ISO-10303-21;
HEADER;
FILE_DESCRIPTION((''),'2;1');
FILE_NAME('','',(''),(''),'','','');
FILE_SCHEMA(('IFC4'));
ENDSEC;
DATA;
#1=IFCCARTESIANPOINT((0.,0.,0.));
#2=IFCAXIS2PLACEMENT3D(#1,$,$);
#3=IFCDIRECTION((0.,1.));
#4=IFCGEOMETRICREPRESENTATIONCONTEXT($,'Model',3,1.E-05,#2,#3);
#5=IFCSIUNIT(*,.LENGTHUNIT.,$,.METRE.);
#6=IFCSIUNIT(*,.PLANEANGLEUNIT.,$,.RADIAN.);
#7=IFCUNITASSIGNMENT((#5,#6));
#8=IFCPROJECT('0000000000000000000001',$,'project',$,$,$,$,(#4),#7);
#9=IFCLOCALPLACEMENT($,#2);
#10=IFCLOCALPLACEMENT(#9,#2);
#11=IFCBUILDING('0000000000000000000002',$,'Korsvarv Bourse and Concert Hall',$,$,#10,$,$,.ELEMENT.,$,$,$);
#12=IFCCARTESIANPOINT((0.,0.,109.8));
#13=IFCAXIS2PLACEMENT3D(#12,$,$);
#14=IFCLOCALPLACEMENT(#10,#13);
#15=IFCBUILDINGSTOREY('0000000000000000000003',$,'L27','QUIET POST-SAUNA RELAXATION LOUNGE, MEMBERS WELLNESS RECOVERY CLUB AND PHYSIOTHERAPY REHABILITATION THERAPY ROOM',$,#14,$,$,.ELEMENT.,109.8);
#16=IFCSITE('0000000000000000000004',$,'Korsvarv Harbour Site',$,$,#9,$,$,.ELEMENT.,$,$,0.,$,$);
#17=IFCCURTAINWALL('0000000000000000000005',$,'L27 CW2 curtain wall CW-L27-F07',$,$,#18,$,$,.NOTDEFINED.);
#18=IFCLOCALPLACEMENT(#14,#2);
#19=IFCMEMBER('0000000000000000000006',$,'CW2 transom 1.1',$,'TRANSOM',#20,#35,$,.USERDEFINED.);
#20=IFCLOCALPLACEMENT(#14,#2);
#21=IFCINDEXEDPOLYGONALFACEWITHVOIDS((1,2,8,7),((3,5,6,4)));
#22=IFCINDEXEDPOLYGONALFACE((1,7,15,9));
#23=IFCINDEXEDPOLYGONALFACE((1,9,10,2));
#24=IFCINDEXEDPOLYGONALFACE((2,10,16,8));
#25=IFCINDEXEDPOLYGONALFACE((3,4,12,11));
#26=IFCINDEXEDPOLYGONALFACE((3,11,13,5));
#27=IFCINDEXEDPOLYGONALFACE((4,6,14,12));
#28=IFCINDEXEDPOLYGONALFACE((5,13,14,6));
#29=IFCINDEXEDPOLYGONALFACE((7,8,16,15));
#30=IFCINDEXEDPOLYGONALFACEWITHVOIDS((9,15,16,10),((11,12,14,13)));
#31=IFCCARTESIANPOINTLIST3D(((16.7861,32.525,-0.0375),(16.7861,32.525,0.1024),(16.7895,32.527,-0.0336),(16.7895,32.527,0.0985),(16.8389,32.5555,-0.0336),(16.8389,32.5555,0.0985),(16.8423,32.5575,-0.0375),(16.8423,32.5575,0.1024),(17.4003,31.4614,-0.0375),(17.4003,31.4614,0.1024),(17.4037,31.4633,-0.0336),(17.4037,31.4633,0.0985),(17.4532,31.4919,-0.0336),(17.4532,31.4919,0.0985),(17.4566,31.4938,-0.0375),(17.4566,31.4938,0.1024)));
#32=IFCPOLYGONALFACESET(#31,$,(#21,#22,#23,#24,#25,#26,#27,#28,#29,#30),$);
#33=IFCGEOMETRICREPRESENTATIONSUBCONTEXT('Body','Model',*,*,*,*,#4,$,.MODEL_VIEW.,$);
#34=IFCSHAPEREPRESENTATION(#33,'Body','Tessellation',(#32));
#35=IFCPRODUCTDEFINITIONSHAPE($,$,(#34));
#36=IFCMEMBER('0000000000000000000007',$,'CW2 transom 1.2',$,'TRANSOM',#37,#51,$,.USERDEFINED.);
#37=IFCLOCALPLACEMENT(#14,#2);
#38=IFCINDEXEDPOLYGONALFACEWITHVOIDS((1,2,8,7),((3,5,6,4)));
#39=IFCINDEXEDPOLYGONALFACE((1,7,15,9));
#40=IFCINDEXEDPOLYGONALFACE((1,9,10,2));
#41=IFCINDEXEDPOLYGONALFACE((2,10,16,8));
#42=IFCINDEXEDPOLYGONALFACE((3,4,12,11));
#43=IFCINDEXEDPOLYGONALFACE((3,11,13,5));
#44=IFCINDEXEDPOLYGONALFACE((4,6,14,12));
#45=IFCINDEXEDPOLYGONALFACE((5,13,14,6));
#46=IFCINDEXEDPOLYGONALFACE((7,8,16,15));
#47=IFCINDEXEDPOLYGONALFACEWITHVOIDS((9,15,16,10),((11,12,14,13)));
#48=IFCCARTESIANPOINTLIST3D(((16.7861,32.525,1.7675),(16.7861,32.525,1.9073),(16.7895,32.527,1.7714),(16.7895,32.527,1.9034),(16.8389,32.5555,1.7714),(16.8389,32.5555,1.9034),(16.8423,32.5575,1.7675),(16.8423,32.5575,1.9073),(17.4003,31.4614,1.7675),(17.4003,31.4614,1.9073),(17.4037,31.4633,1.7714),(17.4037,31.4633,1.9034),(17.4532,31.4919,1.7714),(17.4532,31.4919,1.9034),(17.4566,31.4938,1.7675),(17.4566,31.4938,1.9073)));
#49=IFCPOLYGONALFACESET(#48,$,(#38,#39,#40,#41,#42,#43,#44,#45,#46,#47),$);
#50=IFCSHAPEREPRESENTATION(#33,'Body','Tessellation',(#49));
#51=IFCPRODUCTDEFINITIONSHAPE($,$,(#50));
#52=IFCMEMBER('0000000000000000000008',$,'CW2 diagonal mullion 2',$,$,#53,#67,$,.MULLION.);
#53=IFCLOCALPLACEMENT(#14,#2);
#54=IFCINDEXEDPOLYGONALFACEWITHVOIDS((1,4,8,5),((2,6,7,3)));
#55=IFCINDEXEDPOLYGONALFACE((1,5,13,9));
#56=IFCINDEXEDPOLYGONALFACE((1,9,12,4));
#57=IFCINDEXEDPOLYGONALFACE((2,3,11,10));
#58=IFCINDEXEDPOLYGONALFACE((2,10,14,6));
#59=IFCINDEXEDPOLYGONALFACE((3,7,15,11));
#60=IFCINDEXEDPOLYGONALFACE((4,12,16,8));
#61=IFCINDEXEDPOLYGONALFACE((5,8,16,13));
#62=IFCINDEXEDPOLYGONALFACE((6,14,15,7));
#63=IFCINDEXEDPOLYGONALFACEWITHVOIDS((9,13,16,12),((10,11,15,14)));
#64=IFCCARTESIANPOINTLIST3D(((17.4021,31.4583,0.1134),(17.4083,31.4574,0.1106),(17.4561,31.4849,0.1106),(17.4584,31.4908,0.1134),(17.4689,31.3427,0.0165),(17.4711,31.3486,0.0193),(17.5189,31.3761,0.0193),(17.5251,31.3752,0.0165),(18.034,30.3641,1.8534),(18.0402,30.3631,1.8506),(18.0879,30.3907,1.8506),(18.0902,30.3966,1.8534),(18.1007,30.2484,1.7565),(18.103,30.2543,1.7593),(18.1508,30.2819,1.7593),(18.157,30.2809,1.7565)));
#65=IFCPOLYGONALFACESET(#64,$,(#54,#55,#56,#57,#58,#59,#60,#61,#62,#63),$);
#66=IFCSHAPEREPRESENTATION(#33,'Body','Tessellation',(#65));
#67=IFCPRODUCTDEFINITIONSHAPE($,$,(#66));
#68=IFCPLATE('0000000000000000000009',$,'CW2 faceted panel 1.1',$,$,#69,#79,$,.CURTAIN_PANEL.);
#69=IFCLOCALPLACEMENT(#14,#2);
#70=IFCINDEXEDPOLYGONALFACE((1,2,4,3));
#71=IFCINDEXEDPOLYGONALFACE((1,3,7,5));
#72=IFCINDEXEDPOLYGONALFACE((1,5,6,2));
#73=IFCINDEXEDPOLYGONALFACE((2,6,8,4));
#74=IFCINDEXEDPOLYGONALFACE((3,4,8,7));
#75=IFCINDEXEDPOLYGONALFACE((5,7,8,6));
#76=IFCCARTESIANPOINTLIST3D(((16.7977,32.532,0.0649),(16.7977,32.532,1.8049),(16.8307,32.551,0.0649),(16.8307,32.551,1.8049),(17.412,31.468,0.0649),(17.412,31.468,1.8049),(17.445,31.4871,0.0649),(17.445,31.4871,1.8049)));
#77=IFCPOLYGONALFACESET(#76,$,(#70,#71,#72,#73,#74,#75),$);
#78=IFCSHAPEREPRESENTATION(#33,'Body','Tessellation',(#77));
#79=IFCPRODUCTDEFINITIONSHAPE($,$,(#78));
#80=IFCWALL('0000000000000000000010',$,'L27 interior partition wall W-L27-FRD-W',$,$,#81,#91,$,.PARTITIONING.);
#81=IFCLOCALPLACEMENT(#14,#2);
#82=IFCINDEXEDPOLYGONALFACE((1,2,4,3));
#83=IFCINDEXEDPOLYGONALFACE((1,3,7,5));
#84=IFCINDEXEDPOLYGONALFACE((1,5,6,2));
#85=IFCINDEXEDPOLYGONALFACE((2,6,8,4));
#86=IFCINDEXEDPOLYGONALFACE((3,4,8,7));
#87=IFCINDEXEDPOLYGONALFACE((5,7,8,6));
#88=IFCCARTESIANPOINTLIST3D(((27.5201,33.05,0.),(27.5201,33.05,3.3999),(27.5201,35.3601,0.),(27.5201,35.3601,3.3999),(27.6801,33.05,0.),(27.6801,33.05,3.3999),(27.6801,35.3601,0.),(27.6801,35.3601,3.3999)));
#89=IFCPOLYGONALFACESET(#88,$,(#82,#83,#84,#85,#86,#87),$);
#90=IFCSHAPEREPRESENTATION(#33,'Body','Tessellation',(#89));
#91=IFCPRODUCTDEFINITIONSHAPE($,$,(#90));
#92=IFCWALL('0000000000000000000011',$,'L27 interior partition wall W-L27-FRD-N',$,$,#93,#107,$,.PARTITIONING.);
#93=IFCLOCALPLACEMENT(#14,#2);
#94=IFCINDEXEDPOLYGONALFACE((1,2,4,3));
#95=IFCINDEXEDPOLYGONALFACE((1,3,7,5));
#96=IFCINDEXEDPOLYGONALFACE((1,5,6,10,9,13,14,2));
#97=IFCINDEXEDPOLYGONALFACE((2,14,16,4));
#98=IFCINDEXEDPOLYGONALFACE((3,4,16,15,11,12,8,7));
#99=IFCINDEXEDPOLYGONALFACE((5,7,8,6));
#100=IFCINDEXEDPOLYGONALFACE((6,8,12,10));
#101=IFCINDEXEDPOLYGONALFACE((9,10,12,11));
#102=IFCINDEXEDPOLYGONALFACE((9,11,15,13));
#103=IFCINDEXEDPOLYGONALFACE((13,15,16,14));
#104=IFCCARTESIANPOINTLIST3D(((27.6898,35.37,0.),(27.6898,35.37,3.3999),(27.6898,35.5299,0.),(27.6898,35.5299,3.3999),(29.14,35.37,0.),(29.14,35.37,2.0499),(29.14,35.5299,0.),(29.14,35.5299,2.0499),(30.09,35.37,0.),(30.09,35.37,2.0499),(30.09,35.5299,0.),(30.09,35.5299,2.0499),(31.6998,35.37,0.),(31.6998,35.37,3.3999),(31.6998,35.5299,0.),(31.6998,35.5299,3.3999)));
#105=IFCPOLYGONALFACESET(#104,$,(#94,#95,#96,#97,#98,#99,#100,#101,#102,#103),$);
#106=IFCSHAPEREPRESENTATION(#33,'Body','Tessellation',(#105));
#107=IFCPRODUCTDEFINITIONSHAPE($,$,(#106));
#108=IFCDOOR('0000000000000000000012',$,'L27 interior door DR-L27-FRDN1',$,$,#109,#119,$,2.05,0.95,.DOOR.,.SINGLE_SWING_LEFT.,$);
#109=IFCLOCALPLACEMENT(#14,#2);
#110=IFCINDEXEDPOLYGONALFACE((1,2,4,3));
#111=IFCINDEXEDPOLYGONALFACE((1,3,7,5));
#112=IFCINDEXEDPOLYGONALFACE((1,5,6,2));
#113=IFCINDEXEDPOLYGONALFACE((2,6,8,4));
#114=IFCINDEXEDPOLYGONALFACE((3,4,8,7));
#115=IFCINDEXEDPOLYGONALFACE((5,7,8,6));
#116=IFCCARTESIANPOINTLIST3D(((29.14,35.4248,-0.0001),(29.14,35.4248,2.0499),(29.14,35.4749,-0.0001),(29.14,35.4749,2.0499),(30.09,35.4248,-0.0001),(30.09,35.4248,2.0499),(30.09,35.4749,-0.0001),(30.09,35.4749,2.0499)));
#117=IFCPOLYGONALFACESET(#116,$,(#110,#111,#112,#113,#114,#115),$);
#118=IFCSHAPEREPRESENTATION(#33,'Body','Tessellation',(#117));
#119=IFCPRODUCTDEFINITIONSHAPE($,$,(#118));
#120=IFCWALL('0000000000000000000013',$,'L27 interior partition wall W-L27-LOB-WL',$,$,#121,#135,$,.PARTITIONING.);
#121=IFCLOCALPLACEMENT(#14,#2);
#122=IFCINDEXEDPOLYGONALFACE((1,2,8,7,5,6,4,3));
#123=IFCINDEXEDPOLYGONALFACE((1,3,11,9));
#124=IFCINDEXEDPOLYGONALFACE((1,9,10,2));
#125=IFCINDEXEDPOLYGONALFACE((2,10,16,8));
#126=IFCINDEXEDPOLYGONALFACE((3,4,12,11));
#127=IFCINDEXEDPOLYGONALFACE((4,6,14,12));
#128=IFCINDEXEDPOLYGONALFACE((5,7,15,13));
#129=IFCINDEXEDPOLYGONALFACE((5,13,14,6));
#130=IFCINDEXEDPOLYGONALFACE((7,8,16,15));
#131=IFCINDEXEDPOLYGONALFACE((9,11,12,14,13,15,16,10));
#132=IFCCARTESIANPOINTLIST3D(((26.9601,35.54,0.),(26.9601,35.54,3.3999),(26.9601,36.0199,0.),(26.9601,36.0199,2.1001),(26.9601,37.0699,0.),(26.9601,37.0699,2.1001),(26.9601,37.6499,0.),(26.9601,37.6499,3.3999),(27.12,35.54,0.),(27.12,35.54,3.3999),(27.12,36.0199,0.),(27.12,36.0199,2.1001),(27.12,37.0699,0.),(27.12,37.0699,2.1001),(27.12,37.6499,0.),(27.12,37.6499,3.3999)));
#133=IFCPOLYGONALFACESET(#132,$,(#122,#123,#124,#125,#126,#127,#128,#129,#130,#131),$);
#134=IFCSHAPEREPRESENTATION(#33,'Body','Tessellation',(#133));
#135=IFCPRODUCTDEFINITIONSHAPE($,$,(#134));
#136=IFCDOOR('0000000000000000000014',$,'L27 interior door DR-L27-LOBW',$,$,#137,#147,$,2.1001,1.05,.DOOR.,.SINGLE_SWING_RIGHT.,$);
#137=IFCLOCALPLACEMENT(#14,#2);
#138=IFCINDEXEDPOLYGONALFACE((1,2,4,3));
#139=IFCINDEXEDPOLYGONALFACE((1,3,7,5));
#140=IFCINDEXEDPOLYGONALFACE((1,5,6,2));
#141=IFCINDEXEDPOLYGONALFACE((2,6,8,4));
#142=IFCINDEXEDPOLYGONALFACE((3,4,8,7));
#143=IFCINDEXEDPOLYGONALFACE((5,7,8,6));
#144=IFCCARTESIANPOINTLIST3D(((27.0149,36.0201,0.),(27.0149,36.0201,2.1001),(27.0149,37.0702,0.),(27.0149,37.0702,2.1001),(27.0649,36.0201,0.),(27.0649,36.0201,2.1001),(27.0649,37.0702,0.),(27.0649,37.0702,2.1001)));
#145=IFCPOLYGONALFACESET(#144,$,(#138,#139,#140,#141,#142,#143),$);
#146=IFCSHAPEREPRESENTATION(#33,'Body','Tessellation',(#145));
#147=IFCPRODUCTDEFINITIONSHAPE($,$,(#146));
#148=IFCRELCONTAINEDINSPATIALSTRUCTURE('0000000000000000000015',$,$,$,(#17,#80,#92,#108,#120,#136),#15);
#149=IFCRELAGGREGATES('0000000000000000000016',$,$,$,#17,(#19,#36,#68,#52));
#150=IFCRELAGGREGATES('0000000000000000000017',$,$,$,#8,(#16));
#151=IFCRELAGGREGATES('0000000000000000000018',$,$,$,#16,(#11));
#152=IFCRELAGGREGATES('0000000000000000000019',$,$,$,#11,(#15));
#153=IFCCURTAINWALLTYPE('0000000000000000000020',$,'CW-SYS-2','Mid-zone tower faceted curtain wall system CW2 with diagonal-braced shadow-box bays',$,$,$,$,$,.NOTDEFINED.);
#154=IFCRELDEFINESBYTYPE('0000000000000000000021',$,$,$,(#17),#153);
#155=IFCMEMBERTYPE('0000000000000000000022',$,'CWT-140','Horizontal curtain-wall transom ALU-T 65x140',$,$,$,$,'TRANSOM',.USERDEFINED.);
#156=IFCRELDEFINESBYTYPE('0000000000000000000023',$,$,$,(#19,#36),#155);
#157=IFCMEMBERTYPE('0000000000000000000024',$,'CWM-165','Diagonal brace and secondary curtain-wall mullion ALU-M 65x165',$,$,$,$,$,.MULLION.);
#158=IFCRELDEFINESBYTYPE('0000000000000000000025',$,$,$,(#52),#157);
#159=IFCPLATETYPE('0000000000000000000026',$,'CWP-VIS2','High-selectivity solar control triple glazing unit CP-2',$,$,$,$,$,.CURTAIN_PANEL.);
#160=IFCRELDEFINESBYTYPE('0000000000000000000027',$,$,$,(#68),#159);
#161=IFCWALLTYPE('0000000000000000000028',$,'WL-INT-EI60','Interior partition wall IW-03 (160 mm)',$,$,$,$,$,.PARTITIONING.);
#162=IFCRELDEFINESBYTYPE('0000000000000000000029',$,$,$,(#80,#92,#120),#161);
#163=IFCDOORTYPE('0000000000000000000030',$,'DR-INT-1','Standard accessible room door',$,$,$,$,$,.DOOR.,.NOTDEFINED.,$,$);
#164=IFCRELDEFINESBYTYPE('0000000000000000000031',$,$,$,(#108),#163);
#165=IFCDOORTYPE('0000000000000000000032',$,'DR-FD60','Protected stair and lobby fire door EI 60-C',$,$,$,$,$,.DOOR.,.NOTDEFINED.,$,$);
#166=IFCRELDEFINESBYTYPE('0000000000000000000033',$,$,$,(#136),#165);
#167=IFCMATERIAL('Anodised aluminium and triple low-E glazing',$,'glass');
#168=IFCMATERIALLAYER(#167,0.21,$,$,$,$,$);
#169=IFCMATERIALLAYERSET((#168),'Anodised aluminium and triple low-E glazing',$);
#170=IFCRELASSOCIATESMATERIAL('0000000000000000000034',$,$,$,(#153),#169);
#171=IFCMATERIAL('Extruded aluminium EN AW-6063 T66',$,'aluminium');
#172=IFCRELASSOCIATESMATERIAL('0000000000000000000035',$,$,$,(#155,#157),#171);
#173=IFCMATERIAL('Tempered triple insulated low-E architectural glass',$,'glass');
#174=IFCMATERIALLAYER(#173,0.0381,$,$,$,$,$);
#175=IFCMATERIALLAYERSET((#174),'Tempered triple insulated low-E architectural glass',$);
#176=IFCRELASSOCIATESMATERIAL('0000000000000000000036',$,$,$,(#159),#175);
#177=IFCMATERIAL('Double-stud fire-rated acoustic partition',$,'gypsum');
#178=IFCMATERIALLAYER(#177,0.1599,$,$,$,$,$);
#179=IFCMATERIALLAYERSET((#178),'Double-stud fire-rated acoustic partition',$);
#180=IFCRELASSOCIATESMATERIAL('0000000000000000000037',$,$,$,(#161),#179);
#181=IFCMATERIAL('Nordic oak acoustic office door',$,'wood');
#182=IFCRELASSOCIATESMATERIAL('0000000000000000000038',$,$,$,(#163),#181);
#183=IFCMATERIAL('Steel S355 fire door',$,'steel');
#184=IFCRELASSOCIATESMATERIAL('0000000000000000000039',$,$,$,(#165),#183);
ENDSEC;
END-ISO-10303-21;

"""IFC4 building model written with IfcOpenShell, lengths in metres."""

from ifc_helpers import new_model, si_unit, direction, frame, frame_2d, origin, origin_2d, place, context, subcontext, project, spatial, rectangle, hollow_rectangle, extrude, source, transform, mapped, material, layer, layer_set, material_profile, profile_set, type_object, element, fill, aggregate, save


model = new_model("IFC4")

# Units and contexts
model_context = context("Model", 3, precision=1e-05, world=origin(), true_north=direction((0.0, 1.0)))
body_context = subcontext(model_context, "Body", "Model", "MODEL_VIEW")
ifc_project = project(units=[si_unit("LENGTHUNIT", "METRE"), si_unit("PLANEANGLEUNIT", "RADIAN")], contexts=[model_context])

# Site, building, storey
site_placement = place(None, origin())
site = spatial("IfcSite", under=ifc_project, at=site_placement, Name="Korsvarv Harbour Site", CompositionType="ELEMENT", RefElevation=0.0)
building_placement = place(site_placement, origin())
building = spatial("IfcBuilding", under=site, at=building_placement, Name="Korsvarv Bourse and Concert Hall", CompositionType="ELEMENT")
storey_placement = place(building_placement, frame((0.0, 0.0, 109.8)))
storey = spatial("IfcBuildingStorey", under=building, at=storey_placement, Name="L27", Description="QUIET POST-SAUNA RELAXATION LOUNGE, MEMBERS WELLNESS RECOVERY CLUB AND PHYSIOTHERAPY REHABILITATION THERAPY ROOM", CompositionType="ELEMENT", Elevation=109.8)

# Curtain wall, members, plate
ifc_material_1 = material(Name="Anodised aluminium and triple low-E glazing", Category="glass")
ifc_layer_1 = layer(ifc_material_1, 0.21)
ifc_layer_set_1 = layer_set([ifc_layer_1], Name="Anodised aluminium and triple low-E glazing")
curtain_wall_type = type_object("IfcCurtainWallType", Name="CW-SYS-2", Description="Mid-zone tower faceted curtain wall system CW2 with diagonal-braced shadow-box bays", PredefinedType="NOTDEFINED", material=ifc_layer_set_1)
curtain_wall_placement = place(storey_placement, origin())
curtain_wall = element("IfcCurtainWall", 1, at=curtain_wall_placement, inside=storey, type_object=curtain_wall_type, Name="L27 CW2 curtain wall CW-L27-F07", PredefinedType="NOTDEFINED")
ifc_material_2 = material(Name="Extruded aluminium EN AW-6063 T66", Category="aluminium")
ifc_material_profile_1 = material_profile(ifc_material_2, hollow_rectangle(XDim=0.0649, YDim=0.1399, WallThickness=0.0039, at=origin_2d()), Name="ALU-T 65x140")
ifc_profile_set_1 = profile_set([ifc_material_profile_1], Name="Extruded aluminium EN AW-6063 T66")
member_type_1 = type_object("IfcMemberType", Name="CWT-140", Description="Horizontal curtain-wall transom ALU-T 65x140", ElementType="TRANSOM", PredefinedType="USERDEFINED", material=ifc_profile_set_1)
shared_shape_1 = source(origin(), body_context, "Body", "SweptSolid", [
    extrude(hollow_rectangle(XDim=0.0649, YDim=0.1399, WallThickness=0.0039, at=origin_2d()), origin(), (0.0, 0.0, 1.0), 1.2283),
])
member_1_placement = place(storey_placement, frame((16.8142, 32.5413, 0.0325), z_axis=(0.500072, -0.865984, 0.0), x_axis=(0.865984, 0.500072, 0.0)))
member_1 = element("IfcMember", 2, at=member_1_placement, type_object=member_type_1, Name="CW2 transom 1.1", ObjectType="TRANSOM", PredefinedType="USERDEFINED", context=body_context, shape_type="MappedRepresentation", body=[
    mapped(shared_shape_1, transform((0.0, 0.0, 0.0), scale=1.0)),
])
member_2_placement = place(storey_placement, frame((16.8142, 32.5413, 1.8374), z_axis=(0.500072, -0.865984, 0.0), x_axis=(0.865984, 0.500072, 0.0)))
member_2 = element("IfcMember", 3, at=member_2_placement, type_object=member_type_1, Name="CW2 transom 1.2", ObjectType="TRANSOM", PredefinedType="USERDEFINED", context=body_context, shape_type="MappedRepresentation", body=[
    mapped(shared_shape_1, transform((0.0, 0.0, 0.0), scale=1.0)),
])
ifc_material_profile_2 = material_profile(ifc_material_2, hollow_rectangle(XDim=0.0649, YDim=0.165, WallThickness=0.0049, at=origin_2d()), Name="ALU-M 65x165")
ifc_profile_set_2 = profile_set([ifc_material_profile_2], Name="Extruded aluminium EN AW-6063 T66")
member_type_2 = type_object("IfcMemberType", Name="CWM-165", Description="Diagonal brace and secondary curtain-wall mullion ALU-M 65x165", PredefinedType="MULLION", material=ifc_profile_set_2)
shared_shape_2 = source(origin(), body_context, "Body", "SweptSolid", [
    extrude(hollow_rectangle(XDim=0.0649, YDim=0.165, WallThickness=0.0049, at=origin_2d()), origin(), (0.0, 0.0, 1.0), 2.1504),
])
member_3_placement = place(storey_placement, frame((17.4636, 31.4167, 0.0649), z_axis=(0.293825, -0.508858, 0.809154), x_axis=(0.865999, 0.500046, 0.0)))
member_3 = element("IfcMember", 4, at=member_3_placement, type_object=member_type_2, Name="CW2 diagonal mullion 2", PredefinedType="MULLION", context=body_context, shape_type="MappedRepresentation", body=[
    mapped(shared_shape_2, transform((0.0, 0.0, 0.0), scale=1.0)),
])
ifc_material_3 = material(Name="Tempered triple insulated low-E architectural glass", Category="glass")
ifc_layer_2 = layer(ifc_material_3, 0.0381)
ifc_layer_set_2 = layer_set([ifc_layer_2], Name="Tempered triple insulated low-E architectural glass")
plate_type = type_object("IfcPlateType", Name="CWP-VIS2", Description="High-selectivity solar control triple glazing unit CP-2", PredefinedType="CURTAIN_PANEL", material=ifc_layer_set_2)
shared_shape_3 = source(origin(), body_context, "Body", "SweptSolid", [
    extrude(rectangle(XDim=1.2285, YDim=0.0381, at=origin_2d()), origin(), (0.0, 0.0, 1.0), 1.74),
])
plate_placement = place(storey_placement, frame((17.1213, 32.0095, 0.0649), z_axis=(0.0, 0.0, 1.0), x_axis=(0.500006, -0.866022, 0.0)))
plate = element("IfcPlate", 5, at=plate_placement, type_object=plate_type, Name="CW2 faceted panel 1.1", PredefinedType="CURTAIN_PANEL", context=body_context, shape_type="MappedRepresentation", body=[
    mapped(shared_shape_3, transform((0.0, 0.0, 0.0), scale=1.0)),
])
aggregate(curtain_wall, [member_1, member_2, plate, member_3])

# Wall
ifc_material_4 = material(Name="Double-stud fire-rated acoustic partition", Category="gypsum")
ifc_layer_3 = layer(ifc_material_4, 0.1599)
ifc_layer_set_3 = layer_set([ifc_layer_3], Name="Double-stud fire-rated acoustic partition")
wall_type = type_object("IfcWallType", Name="WL-INT-EI60", Description="Interior partition wall IW-03 (160 mm)", PredefinedType="PARTITIONING", material=ifc_layer_set_3)
wall_1_placement = place(storey_placement, frame((27.6001, 33.05, 0.0), z_axis=(0.0, 0.0, 1.0), x_axis=(0.0, 1.0, 0.0)))
element("IfcWall", 6, at=wall_1_placement, inside=storey, type_object=wall_type, Name="L27 interior partition wall W-L27-FRD-W", PredefinedType="PARTITIONING", context=body_context, shape_type="SweptSolid", body=[
    extrude(rectangle(XDim=2.3101, YDim=0.1599, at=frame_2d((1.155, 0.0))), origin(), (0.0, 0.0, 1.0), 3.3999),
])

# Walls, openings, doors
wall_2_placement = place(storey_placement, frame((27.6899, 35.45, 0.0), z_axis=(0.0, 0.0, 1.0), x_axis=(1.0, 0.0, 0.0)))
wall_2 = element("IfcWall", 7, at=wall_2_placement, inside=storey, type_object=wall_type, Name="L27 interior partition wall W-L27-FRD-N", PredefinedType="PARTITIONING", context=body_context, shape_type="SweptSolid", body=[
    extrude(rectangle(XDim=4.01, YDim=0.1599, at=frame_2d((2.0049, 0.0))), origin(), (0.0, 0.0, 1.0), 3.3999),
])
opening_1_placement = place(wall_2_placement, frame((1.45, 0.0, 0.0)))
opening_1 = element("IfcOpeningElement", 8, at=opening_1_placement, cuts=wall_2, PredefinedType="OPENING", context=body_context, shape_type="SweptSolid", body=[
    extrude(rectangle(XDim=0.95, YDim=2.05, at=frame_2d((0.4751, 1.0249))), frame((0.0, 0.0898, 0.0), z_axis=(0.0, -1.0, 0.0), x_axis=(1.0, 0.0, 0.0)), (0.0, 0.0, 1.0), 0.1799),
])
ifc_material_5 = material(Name="Nordic oak acoustic office door", Category="wood")
door_type_1 = type_object("IfcDoorType", Name="DR-INT-1", Description="Standard accessible room door", OperationType="NOTDEFINED", PredefinedType="DOOR", material=ifc_material_5)
door_1_placement = place(opening_1_placement, origin())
door_1 = element("IfcDoor", 9, at=door_1_placement, inside=storey, type_object=door_type_1, Name="L27 interior door DR-L27-FRDN1", OperationType="SINGLE_SWING_LEFT", OverallHeight=2.05, OverallWidth=0.95, PredefinedType="DOOR", context=body_context, shape_type="SweptSolid", body=[
    extrude(rectangle(XDim=0.95, YDim=2.05, at=frame_2d((0.4751, 1.0249))), frame((0.0, 0.0249, 0.0), z_axis=(0.0, -1.0, 0.0), x_axis=(1.0, 0.0, 0.0)), (0.0, 0.0, 1.0), 0.05),
])
fill(opening_1, door_1)
wall_3_placement = place(storey_placement, frame((27.04, 35.54, 0.0), z_axis=(0.0, 0.0, 1.0), x_axis=(0.0, 1.0, 0.0)))
wall_3 = element("IfcWall", 10, at=wall_3_placement, inside=storey, type_object=wall_type, Name="L27 interior partition wall W-L27-LOB-WL", PredefinedType="PARTITIONING", context=body_context, shape_type="SweptSolid", body=[
    extrude(rectangle(XDim=2.1099, YDim=0.1599, at=frame_2d((1.0549, 0.0))), origin(), (0.0, 0.0, 1.0), 3.3999),
])
opening_2_placement = place(wall_3_placement, frame((0.48, 0.0, 0.0)))
opening_2 = element("IfcOpeningElement", 11, at=opening_2_placement, cuts=wall_3, PredefinedType="OPENING", context=body_context, shape_type="SweptSolid", body=[
    extrude(rectangle(XDim=1.05, YDim=2.1001, at=frame_2d((0.5249, 1.05))), frame((0.0, 0.0898, 0.0), z_axis=(0.0, -1.0, 0.0), x_axis=(1.0, 0.0, 0.0)), (0.0, 0.0, 1.0), 0.1799),
])
ifc_material_6 = material(Name="Steel S355 fire door", Category="steel")
door_type_2 = type_object("IfcDoorType", Name="DR-FD60", Description="Protected stair and lobby fire door EI 60-C", OperationType="NOTDEFINED", PredefinedType="DOOR", material=ifc_material_6)
door_2_placement = place(opening_2_placement, frame((1.05, 0.0, 0.0), z_axis=(0.0, 0.0, 1.0), x_axis=(-1.0, 0.0, 0.0)))
door_2 = element("IfcDoor", 12, at=door_2_placement, inside=storey, type_object=door_type_2, Name="L27 interior door DR-L27-LOBW", OperationType="SINGLE_SWING_RIGHT", OverallHeight=2.1001, OverallWidth=1.05, PredefinedType="DOOR", context=body_context, shape_type="SweptSolid", body=[
    extrude(rectangle(XDim=1.05, YDim=2.1001, at=frame_2d((0.5249, 1.05))), frame((0.0, 0.0249, 0.0), z_axis=(0.0, -1.0, 0.0), x_axis=(1.0, 0.0, 0.0)), (0.0, 0.0, 1.0), 0.05),
])
fill(opening_2, door_2)

save(model, "model.ifc")
